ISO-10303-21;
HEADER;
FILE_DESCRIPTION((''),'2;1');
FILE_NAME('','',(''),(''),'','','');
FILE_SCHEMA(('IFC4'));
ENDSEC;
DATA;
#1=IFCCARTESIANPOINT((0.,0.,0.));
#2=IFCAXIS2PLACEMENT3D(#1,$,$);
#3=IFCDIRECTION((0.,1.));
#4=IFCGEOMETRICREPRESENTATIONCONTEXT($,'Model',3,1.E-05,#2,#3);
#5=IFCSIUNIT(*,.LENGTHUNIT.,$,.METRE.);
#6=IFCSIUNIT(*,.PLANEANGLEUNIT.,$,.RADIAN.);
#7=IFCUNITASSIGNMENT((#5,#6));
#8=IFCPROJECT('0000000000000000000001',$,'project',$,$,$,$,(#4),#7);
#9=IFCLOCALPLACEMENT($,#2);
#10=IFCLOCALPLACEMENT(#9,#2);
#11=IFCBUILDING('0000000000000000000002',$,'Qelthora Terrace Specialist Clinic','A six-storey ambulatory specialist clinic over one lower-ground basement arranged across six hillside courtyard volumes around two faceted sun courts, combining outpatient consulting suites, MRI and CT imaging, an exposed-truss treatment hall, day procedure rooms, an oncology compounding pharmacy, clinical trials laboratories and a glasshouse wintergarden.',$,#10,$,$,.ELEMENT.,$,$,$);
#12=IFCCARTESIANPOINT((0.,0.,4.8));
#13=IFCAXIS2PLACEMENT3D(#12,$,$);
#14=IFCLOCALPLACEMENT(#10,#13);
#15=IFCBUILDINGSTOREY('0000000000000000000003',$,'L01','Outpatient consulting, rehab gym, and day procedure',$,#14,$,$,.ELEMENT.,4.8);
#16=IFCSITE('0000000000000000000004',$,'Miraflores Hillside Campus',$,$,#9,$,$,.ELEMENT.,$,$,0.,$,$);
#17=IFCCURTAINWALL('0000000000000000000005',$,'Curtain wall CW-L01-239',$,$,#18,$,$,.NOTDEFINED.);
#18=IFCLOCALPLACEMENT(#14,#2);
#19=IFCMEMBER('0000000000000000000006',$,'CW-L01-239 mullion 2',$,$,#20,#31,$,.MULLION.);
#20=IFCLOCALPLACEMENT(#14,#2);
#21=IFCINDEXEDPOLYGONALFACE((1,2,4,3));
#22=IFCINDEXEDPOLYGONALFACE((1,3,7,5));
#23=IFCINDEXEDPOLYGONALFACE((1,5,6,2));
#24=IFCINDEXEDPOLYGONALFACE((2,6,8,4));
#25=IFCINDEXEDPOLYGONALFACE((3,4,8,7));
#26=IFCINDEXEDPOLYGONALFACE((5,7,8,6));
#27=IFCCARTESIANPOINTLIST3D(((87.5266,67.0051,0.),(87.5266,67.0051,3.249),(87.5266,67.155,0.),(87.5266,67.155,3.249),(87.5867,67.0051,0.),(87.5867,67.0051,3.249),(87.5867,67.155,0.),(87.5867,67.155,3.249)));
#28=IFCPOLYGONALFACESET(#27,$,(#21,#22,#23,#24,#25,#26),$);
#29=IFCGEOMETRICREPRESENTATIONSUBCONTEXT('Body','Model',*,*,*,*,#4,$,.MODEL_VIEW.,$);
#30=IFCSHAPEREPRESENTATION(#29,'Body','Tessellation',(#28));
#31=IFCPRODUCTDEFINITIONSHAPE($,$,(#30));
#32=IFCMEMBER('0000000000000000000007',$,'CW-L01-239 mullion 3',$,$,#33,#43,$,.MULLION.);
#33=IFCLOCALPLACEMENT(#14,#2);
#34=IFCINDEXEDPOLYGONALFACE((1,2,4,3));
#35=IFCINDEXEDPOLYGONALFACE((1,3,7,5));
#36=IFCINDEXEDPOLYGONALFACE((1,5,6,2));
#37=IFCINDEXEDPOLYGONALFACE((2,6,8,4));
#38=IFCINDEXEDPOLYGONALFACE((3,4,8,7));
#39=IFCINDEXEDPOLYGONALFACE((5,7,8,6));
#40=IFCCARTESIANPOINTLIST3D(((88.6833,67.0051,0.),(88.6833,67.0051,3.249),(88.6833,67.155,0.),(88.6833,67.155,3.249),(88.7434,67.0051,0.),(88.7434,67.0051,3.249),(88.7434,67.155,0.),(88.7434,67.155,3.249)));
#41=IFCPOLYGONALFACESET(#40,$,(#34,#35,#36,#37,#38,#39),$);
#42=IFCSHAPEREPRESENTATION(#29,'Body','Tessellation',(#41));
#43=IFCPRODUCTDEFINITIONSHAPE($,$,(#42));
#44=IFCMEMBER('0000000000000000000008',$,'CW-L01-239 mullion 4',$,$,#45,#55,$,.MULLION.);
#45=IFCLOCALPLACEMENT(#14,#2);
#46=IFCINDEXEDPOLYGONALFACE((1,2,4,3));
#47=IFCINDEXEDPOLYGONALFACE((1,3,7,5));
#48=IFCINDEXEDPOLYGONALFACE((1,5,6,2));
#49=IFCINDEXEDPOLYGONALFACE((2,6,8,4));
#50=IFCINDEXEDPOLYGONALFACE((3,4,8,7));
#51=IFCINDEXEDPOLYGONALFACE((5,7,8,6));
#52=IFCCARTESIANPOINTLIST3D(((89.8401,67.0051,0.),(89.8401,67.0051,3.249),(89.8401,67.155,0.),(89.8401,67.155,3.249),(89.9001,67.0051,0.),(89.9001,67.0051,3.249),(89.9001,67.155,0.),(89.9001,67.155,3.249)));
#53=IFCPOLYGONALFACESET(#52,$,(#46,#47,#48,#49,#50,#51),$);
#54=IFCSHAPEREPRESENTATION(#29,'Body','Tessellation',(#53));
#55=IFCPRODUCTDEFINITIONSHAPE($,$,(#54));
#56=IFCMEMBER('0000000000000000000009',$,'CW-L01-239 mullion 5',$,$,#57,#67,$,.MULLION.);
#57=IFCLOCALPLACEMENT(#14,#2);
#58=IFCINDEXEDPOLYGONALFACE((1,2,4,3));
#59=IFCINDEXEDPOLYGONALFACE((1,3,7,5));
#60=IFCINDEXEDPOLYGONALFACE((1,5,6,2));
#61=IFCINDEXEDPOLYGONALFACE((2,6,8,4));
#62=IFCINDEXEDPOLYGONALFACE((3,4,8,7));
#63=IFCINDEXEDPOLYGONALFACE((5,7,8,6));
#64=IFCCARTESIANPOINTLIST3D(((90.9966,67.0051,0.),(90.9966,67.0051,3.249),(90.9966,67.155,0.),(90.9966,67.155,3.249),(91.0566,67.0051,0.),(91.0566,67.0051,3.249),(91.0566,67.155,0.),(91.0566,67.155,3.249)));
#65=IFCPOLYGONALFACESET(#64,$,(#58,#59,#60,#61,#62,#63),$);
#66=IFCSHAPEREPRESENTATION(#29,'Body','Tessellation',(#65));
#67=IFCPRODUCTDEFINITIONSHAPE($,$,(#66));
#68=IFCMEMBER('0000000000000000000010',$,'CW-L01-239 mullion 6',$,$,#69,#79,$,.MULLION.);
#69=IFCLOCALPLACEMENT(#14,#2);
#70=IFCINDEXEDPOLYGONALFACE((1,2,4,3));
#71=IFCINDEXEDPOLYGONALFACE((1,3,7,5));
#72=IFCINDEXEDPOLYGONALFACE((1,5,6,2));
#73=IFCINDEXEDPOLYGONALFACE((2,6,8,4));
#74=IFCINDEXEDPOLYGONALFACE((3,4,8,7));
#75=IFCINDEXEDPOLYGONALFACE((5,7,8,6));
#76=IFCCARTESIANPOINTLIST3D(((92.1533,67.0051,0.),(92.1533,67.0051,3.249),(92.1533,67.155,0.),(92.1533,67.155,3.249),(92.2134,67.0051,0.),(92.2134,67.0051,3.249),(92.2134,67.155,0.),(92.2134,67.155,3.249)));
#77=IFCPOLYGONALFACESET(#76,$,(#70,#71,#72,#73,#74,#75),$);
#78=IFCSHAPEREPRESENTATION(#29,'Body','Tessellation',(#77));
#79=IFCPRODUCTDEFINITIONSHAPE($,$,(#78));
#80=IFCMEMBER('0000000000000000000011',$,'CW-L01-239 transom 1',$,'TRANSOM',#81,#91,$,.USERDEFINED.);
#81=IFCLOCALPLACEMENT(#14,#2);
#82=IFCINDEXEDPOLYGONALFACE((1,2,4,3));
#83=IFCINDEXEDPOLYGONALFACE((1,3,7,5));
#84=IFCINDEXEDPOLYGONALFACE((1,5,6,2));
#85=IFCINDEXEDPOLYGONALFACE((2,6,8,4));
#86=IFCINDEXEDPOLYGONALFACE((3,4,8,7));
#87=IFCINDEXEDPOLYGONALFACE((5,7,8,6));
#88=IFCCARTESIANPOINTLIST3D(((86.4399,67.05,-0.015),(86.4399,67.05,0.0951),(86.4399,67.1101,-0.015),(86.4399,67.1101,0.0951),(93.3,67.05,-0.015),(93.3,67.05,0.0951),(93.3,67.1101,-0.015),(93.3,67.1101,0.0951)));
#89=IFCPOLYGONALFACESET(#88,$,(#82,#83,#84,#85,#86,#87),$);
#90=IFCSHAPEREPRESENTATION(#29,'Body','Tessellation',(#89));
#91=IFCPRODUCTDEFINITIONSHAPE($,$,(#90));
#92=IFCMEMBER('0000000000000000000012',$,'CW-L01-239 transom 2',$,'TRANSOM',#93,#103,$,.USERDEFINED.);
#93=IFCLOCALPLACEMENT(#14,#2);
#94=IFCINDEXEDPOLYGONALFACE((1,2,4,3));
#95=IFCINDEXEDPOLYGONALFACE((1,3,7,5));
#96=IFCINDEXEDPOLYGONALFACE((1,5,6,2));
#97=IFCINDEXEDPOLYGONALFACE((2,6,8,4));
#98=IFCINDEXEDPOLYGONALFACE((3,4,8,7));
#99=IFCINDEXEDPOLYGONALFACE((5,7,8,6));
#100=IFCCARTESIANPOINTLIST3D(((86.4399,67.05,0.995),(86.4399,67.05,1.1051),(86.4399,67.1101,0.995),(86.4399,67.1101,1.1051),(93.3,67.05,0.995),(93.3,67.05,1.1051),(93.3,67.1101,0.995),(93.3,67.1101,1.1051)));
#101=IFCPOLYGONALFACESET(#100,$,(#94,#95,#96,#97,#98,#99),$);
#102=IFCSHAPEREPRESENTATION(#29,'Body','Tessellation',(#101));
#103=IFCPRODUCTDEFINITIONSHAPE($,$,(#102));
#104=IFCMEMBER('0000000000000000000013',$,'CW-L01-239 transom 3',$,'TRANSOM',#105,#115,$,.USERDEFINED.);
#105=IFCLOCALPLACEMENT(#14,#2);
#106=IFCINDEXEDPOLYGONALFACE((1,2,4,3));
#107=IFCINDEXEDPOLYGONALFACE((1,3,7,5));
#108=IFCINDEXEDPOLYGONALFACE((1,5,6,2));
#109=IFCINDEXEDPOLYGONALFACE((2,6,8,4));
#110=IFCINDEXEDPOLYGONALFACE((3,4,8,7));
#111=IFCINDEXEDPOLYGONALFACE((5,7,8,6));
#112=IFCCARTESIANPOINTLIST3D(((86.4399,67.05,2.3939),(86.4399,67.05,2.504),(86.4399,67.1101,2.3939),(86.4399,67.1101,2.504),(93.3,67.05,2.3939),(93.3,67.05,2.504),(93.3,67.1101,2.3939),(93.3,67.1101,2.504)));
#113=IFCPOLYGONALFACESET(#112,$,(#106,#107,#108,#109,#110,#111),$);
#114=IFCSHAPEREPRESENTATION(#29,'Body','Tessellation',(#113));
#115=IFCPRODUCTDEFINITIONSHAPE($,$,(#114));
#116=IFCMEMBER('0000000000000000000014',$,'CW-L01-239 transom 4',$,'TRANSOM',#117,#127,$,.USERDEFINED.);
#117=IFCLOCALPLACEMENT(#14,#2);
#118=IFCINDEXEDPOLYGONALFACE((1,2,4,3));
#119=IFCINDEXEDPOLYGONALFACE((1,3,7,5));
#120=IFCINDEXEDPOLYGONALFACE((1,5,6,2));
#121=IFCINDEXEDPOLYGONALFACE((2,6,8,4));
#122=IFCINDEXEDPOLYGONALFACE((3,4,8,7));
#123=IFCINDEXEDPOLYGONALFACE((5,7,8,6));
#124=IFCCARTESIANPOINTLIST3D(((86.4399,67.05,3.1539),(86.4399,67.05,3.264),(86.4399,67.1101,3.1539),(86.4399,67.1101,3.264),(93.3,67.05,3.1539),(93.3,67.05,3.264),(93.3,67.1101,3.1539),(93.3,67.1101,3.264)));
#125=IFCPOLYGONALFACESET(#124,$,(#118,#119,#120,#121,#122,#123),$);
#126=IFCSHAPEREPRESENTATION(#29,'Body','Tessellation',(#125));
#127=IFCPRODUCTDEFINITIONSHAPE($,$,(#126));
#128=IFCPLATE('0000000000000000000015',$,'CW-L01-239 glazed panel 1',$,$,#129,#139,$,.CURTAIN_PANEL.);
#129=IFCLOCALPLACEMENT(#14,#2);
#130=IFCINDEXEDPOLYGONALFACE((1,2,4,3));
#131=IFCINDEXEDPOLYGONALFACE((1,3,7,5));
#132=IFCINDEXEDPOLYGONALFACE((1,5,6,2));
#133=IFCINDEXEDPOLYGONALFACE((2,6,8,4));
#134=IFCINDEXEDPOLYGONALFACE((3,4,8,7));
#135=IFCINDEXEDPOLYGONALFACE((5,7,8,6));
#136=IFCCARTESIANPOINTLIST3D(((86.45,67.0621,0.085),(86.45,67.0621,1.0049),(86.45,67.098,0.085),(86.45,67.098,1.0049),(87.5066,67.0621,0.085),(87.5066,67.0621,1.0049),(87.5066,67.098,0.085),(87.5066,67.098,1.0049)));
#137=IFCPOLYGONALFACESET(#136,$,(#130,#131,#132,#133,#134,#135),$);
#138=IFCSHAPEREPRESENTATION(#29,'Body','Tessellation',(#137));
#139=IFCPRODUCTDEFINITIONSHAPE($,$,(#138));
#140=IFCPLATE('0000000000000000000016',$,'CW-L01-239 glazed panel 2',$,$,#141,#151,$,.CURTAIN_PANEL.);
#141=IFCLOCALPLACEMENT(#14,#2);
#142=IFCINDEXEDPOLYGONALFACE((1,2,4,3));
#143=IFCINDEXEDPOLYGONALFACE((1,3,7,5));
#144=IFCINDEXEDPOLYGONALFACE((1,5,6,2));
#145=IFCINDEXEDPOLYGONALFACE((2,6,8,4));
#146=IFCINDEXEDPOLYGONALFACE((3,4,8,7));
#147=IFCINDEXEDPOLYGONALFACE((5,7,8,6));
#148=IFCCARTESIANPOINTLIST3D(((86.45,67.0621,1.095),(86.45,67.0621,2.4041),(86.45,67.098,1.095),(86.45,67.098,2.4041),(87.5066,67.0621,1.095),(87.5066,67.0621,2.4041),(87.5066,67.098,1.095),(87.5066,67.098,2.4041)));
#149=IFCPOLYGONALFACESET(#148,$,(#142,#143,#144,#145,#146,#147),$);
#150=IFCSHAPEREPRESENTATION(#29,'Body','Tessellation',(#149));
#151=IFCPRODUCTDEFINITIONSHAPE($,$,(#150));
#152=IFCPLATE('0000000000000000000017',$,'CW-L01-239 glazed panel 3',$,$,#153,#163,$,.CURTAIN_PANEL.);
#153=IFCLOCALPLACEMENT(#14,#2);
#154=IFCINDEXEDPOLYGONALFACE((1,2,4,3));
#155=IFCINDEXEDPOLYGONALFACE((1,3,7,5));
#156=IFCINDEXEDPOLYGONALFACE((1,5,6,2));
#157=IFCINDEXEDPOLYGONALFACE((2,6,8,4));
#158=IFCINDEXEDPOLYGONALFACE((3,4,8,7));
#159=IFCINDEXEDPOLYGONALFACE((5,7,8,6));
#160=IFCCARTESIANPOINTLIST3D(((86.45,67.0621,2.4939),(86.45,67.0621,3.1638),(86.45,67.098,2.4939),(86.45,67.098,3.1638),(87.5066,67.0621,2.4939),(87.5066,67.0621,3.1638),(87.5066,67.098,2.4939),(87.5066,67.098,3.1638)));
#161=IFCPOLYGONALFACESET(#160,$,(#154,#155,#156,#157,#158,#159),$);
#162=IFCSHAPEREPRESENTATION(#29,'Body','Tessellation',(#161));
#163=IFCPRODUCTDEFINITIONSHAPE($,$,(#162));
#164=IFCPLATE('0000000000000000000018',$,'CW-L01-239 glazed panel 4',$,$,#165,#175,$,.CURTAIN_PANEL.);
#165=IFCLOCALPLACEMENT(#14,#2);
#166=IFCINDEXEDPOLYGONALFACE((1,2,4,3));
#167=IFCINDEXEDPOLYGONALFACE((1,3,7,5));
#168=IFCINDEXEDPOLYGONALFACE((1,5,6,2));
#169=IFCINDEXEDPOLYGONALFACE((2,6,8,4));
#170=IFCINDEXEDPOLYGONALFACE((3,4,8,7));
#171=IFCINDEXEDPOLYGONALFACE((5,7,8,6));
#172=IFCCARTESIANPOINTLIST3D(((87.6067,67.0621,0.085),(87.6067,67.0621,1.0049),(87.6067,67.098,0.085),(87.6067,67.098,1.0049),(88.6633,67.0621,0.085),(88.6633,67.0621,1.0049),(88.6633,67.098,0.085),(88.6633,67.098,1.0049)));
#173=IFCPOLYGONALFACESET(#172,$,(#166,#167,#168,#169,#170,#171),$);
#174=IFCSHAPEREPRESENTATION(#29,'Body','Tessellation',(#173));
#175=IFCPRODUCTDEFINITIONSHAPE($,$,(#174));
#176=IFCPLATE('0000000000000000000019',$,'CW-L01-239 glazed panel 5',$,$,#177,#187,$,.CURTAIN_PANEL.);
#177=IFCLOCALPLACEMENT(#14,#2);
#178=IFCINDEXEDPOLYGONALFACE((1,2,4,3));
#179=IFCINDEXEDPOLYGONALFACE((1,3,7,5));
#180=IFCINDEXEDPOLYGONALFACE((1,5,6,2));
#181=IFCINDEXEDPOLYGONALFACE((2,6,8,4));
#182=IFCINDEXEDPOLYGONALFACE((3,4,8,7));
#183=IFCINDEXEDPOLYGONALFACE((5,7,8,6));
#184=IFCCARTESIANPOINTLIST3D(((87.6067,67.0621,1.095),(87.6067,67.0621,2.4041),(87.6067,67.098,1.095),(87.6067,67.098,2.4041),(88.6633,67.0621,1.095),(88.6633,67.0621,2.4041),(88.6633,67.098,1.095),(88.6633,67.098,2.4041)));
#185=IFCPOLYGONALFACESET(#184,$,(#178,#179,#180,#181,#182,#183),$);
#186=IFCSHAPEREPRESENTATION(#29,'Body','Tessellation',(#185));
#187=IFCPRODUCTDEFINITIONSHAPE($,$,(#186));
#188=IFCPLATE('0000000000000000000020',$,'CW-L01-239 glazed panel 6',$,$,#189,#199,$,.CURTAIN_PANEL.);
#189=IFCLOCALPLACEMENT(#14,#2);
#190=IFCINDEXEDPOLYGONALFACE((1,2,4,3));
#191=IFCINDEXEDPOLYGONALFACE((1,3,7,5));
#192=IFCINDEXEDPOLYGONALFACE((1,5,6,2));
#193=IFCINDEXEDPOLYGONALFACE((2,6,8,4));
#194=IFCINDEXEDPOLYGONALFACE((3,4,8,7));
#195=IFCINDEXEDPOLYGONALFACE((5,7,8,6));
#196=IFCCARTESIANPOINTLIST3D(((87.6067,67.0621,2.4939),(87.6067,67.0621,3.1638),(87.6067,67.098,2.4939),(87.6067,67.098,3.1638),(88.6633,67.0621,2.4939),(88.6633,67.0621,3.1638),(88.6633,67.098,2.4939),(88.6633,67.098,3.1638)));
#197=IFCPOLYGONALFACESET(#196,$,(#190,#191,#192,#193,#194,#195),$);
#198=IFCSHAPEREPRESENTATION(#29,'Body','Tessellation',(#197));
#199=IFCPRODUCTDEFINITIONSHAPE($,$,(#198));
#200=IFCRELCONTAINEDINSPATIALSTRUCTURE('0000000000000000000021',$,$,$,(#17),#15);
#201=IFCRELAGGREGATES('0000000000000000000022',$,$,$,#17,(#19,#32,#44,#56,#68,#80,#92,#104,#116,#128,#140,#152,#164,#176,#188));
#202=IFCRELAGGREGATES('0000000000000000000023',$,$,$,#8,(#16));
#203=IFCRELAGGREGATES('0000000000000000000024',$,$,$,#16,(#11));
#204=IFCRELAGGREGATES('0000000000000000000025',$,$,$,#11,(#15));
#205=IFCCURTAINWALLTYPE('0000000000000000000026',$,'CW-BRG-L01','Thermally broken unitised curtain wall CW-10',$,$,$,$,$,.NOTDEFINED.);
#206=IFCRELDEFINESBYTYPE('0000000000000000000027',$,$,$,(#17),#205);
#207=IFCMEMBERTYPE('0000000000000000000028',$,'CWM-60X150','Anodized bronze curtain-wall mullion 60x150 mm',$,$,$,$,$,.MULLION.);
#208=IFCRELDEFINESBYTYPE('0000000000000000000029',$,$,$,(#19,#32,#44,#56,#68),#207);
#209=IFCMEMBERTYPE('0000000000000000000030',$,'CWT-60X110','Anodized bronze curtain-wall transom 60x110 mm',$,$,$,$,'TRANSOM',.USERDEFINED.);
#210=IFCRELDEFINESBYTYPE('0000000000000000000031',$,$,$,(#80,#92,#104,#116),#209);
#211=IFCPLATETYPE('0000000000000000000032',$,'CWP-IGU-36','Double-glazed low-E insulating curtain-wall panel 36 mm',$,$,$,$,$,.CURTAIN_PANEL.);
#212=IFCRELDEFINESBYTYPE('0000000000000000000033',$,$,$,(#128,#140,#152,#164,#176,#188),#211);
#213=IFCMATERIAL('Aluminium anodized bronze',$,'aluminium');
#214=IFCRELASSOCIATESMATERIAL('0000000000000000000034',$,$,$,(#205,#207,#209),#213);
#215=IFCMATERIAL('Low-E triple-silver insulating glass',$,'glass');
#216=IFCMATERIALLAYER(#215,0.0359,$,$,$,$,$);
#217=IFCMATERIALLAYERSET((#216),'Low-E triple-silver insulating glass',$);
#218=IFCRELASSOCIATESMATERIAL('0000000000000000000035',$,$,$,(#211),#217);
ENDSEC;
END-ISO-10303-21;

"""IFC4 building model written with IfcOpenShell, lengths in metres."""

from ifc_helpers import new_model, si_unit, direction, frame, origin, origin_2d, place, context, subcontext, project, spatial, rectangle, extrude, material, layer, layer_set, material_profile, profile_set, type_object, element, aggregate, save


model = new_model("IFC4")

# Units and contexts
model_context = context("Model", 3, precision=1e-05, world=origin(), true_north=direction((0.0, 1.0)))
body_context = subcontext(model_context, "Body", "Model", "MODEL_VIEW")
ifc_project = project(units=[si_unit("LENGTHUNIT", "METRE"), si_unit("PLANEANGLEUNIT", "RADIAN")], contexts=[model_context])

# Site, building, storey
site_placement = place(None, origin())
site = spatial("IfcSite", under=ifc_project, at=site_placement, Name="Miraflores Hillside Campus", CompositionType="ELEMENT", RefElevation=0.0)
building_placement = place(site_placement, origin())
building = spatial("IfcBuilding", under=site, at=building_placement, Name="Qelthora Terrace Specialist Clinic", Description="A six-storey ambulatory specialist clinic over one lower-ground basement arranged across six hillside courtyard volumes around two faceted sun courts, combining outpatient consulting suites, MRI and CT imaging, an exposed-truss treatment hall, day procedure rooms, an oncology compounding pharmacy, clinical trials laboratories and a glasshouse wintergarden.", CompositionType="ELEMENT")
storey_placement = place(building_placement, frame((0.0, 0.0, 4.8)))
storey = spatial("IfcBuildingStorey", under=building, at=storey_placement, Name="L01", Description="Outpatient consulting, rehab gym, and day procedure", CompositionType="ELEMENT", Elevation=4.8)

# Curtain wall, members, plates
ifc_material_1 = material(Name="Aluminium anodized bronze", Category="aluminium")
curtain_wall_type = type_object("IfcCurtainWallType", Name="CW-BRG-L01", Description="Thermally broken unitised curtain wall CW-10", PredefinedType="NOTDEFINED", material=ifc_material_1)
curtain_wall_placement = place(storey_placement, origin())
curtain_wall = element("IfcCurtainWall", 1, at=curtain_wall_placement, inside=storey, type_object=curtain_wall_type, Name="Curtain wall CW-L01-239", PredefinedType="NOTDEFINED")
ifc_material_profile_1 = material_profile(ifc_material_1, rectangle(XDim=0.0601, YDim=0.1499, at=origin_2d()), Name="CWM60X150")
ifc_profile_set_1 = profile_set([ifc_material_profile_1], Name="Aluminium anodized bronze")
member_type_1 = type_object("IfcMemberType", Name="CWM-60X150", Description="Anodized bronze curtain-wall mullion 60x150 mm", PredefinedType="MULLION", material=ifc_profile_set_1)
member_1_placement = place(storey_placement, frame((87.5566, 67.0801, 0.0), z_axis=(0.0, 0.0, 1.0), x_axis=(1.0, 0.0, 0.0)))
member_1 = element("IfcMember", 2, at=member_1_placement, type_object=member_type_1, Name="CW-L01-239 mullion 2", PredefinedType="MULLION", context=body_context, shape_type="SweptSolid", body=[
    extrude(rectangle(XDim=0.0601, YDim=0.1499, at=origin_2d()), origin(), (0.0, 0.0, 1.0), 3.249),
])
member_2_placement = place(storey_placement, frame((88.7134, 67.0801, 0.0), z_axis=(0.0, 0.0, 1.0), x_axis=(1.0, 0.0, 0.0)))
member_2 = element("IfcMember", 3, at=member_2_placement, type_object=member_type_1, Name="CW-L01-239 mullion 3", PredefinedType="MULLION", context=body_context, shape_type="SweptSolid", body=[
    extrude(rectangle(XDim=0.0601, YDim=0.1499, at=origin_2d()), origin(), (0.0, 0.0, 1.0), 3.249),
])
member_3_placement = place(storey_placement, frame((89.8701, 67.0801, 0.0), z_axis=(0.0, 0.0, 1.0), x_axis=(1.0, 0.0, 0.0)))
member_3 = element("IfcMember", 4, at=member_3_placement, type_object=member_type_1, Name="CW-L01-239 mullion 4", PredefinedType="MULLION", context=body_context, shape_type="SweptSolid", body=[
    extrude(rectangle(XDim=0.0601, YDim=0.1499, at=origin_2d()), origin(), (0.0, 0.0, 1.0), 3.249),
])
member_4_placement = place(storey_placement, frame((91.0266, 67.0801, 0.0), z_axis=(0.0, 0.0, 1.0), x_axis=(1.0, 0.0, 0.0)))
member_4 = element("IfcMember", 5, at=member_4_placement, type_object=member_type_1, Name="CW-L01-239 mullion 5", PredefinedType="MULLION", context=body_context, shape_type="SweptSolid", body=[
    extrude(rectangle(XDim=0.0601, YDim=0.1499, at=origin_2d()), origin(), (0.0, 0.0, 1.0), 3.249),
])
member_5_placement = place(storey_placement, frame((92.1833, 67.0801, 0.0), z_axis=(0.0, 0.0, 1.0), x_axis=(1.0, 0.0, 0.0)))
member_5 = element("IfcMember", 6, at=member_5_placement, type_object=member_type_1, Name="CW-L01-239 mullion 6", PredefinedType="MULLION", context=body_context, shape_type="SweptSolid", body=[
    extrude(rectangle(XDim=0.0601, YDim=0.1499, at=origin_2d()), origin(), (0.0, 0.0, 1.0), 3.249),
])
ifc_material_profile_2 = material_profile(ifc_material_1, rectangle(XDim=0.0601, YDim=0.1101, at=origin_2d()), Name="CWT60X110")
ifc_profile_set_2 = profile_set([ifc_material_profile_2], Name="Aluminium anodized bronze")
member_type_2 = type_object("IfcMemberType", Name="CWT-60X110", Description="Anodized bronze curtain-wall transom 60x110 mm", ElementType="TRANSOM", PredefinedType="USERDEFINED", material=ifc_profile_set_2)
member_6_placement = place(storey_placement, frame((86.4399, 67.0801, 0.04), z_axis=(1.0, 0.0, 0.0), x_axis=(0.0, 1.0, 0.0)))
member_6 = element("IfcMember", 7, at=member_6_placement, type_object=member_type_2, Name="CW-L01-239 transom 1", ObjectType="TRANSOM", PredefinedType="USERDEFINED", context=body_context, shape_type="SweptSolid", body=[
    extrude(rectangle(XDim=0.0601, YDim=0.1101, at=origin_2d()), origin(), (0.0, 0.0, 1.0), 6.8601),
])
member_7_placement = place(storey_placement, frame((86.4399, 67.0801, 1.05), z_axis=(1.0, 0.0, 0.0), x_axis=(0.0, 1.0, 0.0)))
member_7 = element("IfcMember", 8, at=member_7_placement, type_object=member_type_2, Name="CW-L01-239 transom 2", ObjectType="TRANSOM", PredefinedType="USERDEFINED", context=body_context, shape_type="SweptSolid", body=[
    extrude(rectangle(XDim=0.0601, YDim=0.1101, at=origin_2d()), origin(), (0.0, 0.0, 1.0), 6.8601),
])
member_8_placement = place(storey_placement, frame((86.4399, 67.0801, 2.449), z_axis=(1.0, 0.0, 0.0), x_axis=(0.0, 1.0, 0.0)))
member_8 = element("IfcMember", 9, at=member_8_placement, type_object=member_type_2, Name="CW-L01-239 transom 3", ObjectType="TRANSOM", PredefinedType="USERDEFINED", context=body_context, shape_type="SweptSolid", body=[
    extrude(rectangle(XDim=0.0601, YDim=0.1101, at=origin_2d()), origin(), (0.0, 0.0, 1.0), 6.8601),
])
member_9_placement = place(storey_placement, frame((86.4399, 67.0801, 3.209), z_axis=(1.0, 0.0, 0.0), x_axis=(0.0, 1.0, 0.0)))
member_9 = element("IfcMember", 10, at=member_9_placement, type_object=member_type_2, Name="CW-L01-239 transom 4", ObjectType="TRANSOM", PredefinedType="USERDEFINED", context=body_context, shape_type="SweptSolid", body=[
    extrude(rectangle(XDim=0.0601, YDim=0.1101, at=origin_2d()), origin(), (0.0, 0.0, 1.0), 6.8601),
])
ifc_material_2 = material(Name="Low-E triple-silver insulating glass", Category="glass")
ifc_layer = layer(ifc_material_2, 0.0359)
ifc_layer_set = layer_set([ifc_layer], Name="Low-E triple-silver insulating glass")
plate_type = type_object("IfcPlateType", Name="CWP-IGU-36", Description="Double-glazed low-E insulating curtain-wall panel 36 mm", PredefinedType="CURTAIN_PANEL", material=ifc_layer_set)
plate_1_placement = place(storey_placement, frame((86.9783, 67.0801, 0.085), z_axis=(0.0, 0.0, 1.0), x_axis=(1.0, 0.0, 0.0)))
plate_1 = element("IfcPlate", 11, at=plate_1_placement, type_object=plate_type, Name="CW-L01-239 glazed panel 1", PredefinedType="CURTAIN_PANEL", context=body_context, shape_type="SweptSolid", body=[
    extrude(rectangle(XDim=1.0566, YDim=0.0359, at=origin_2d()), origin(), (0.0, 0.0, 1.0), 0.9199),
])
plate_2_placement = place(storey_placement, frame((86.9783, 67.0801, 1.095), z_axis=(0.0, 0.0, 1.0), x_axis=(1.0, 0.0, 0.0)))
plate_2 = element("IfcPlate", 12, at=plate_2_placement, type_object=plate_type, Name="CW-L01-239 glazed panel 2", PredefinedType="CURTAIN_PANEL", context=body_context, shape_type="SweptSolid", body=[
    extrude(rectangle(XDim=1.0566, YDim=0.0359, at=origin_2d()), origin(), (0.0, 0.0, 1.0), 1.3091),
])
plate_3_placement = place(storey_placement, frame((86.9783, 67.0801, 2.4939), z_axis=(0.0, 0.0, 1.0), x_axis=(1.0, 0.0, 0.0)))
plate_3 = element("IfcPlate", 13, at=plate_3_placement, type_object=plate_type, Name="CW-L01-239 glazed panel 3", PredefinedType="CURTAIN_PANEL", context=body_context, shape_type="SweptSolid", body=[
    extrude(rectangle(XDim=1.0566, YDim=0.0359, at=origin_2d()), origin(), (0.0, 0.0, 1.0), 0.6699),
])
plate_4_placement = place(storey_placement, frame((88.135, 67.0801, 0.085), z_axis=(0.0, 0.0, 1.0), x_axis=(1.0, 0.0, 0.0)))
plate_4 = element("IfcPlate", 14, at=plate_4_placement, type_object=plate_type, Name="CW-L01-239 glazed panel 4", PredefinedType="CURTAIN_PANEL", context=body_context, shape_type="SweptSolid", body=[
    extrude(rectangle(XDim=1.0566, YDim=0.0359, at=origin_2d()), origin(), (0.0, 0.0, 1.0), 0.9199),
])
plate_5_placement = place(storey_placement, frame((88.135, 67.0801, 1.095), z_axis=(0.0, 0.0, 1.0), x_axis=(1.0, 0.0, 0.0)))
plate_5 = element("IfcPlate", 15, at=plate_5_placement, type_object=plate_type, Name="CW-L01-239 glazed panel 5", PredefinedType="CURTAIN_PANEL", context=body_context, shape_type="SweptSolid", body=[
    extrude(rectangle(XDim=1.0566, YDim=0.0359, at=origin_2d()), origin(), (0.0, 0.0, 1.0), 1.3091),
])
plate_6_placement = place(storey_placement, frame((88.135, 67.0801, 2.4939), z_axis=(0.0, 0.0, 1.0), x_axis=(1.0, 0.0, 0.0)))
plate_6 = element("IfcPlate", 16, at=plate_6_placement, type_object=plate_type, Name="CW-L01-239 glazed panel 6", PredefinedType="CURTAIN_PANEL", context=body_context, shape_type="SweptSolid", body=[
    extrude(rectangle(XDim=1.0566, YDim=0.0359, at=origin_2d()), origin(), (0.0, 0.0, 1.0), 0.6699),
])
aggregate(curtain_wall, [member_1, member_2, member_3, member_4, member_5, member_6, member_7, member_8, member_9, plate_1, plate_2, plate_3, plate_4, plate_5, plate_6])

save(model, "model.ifc")
